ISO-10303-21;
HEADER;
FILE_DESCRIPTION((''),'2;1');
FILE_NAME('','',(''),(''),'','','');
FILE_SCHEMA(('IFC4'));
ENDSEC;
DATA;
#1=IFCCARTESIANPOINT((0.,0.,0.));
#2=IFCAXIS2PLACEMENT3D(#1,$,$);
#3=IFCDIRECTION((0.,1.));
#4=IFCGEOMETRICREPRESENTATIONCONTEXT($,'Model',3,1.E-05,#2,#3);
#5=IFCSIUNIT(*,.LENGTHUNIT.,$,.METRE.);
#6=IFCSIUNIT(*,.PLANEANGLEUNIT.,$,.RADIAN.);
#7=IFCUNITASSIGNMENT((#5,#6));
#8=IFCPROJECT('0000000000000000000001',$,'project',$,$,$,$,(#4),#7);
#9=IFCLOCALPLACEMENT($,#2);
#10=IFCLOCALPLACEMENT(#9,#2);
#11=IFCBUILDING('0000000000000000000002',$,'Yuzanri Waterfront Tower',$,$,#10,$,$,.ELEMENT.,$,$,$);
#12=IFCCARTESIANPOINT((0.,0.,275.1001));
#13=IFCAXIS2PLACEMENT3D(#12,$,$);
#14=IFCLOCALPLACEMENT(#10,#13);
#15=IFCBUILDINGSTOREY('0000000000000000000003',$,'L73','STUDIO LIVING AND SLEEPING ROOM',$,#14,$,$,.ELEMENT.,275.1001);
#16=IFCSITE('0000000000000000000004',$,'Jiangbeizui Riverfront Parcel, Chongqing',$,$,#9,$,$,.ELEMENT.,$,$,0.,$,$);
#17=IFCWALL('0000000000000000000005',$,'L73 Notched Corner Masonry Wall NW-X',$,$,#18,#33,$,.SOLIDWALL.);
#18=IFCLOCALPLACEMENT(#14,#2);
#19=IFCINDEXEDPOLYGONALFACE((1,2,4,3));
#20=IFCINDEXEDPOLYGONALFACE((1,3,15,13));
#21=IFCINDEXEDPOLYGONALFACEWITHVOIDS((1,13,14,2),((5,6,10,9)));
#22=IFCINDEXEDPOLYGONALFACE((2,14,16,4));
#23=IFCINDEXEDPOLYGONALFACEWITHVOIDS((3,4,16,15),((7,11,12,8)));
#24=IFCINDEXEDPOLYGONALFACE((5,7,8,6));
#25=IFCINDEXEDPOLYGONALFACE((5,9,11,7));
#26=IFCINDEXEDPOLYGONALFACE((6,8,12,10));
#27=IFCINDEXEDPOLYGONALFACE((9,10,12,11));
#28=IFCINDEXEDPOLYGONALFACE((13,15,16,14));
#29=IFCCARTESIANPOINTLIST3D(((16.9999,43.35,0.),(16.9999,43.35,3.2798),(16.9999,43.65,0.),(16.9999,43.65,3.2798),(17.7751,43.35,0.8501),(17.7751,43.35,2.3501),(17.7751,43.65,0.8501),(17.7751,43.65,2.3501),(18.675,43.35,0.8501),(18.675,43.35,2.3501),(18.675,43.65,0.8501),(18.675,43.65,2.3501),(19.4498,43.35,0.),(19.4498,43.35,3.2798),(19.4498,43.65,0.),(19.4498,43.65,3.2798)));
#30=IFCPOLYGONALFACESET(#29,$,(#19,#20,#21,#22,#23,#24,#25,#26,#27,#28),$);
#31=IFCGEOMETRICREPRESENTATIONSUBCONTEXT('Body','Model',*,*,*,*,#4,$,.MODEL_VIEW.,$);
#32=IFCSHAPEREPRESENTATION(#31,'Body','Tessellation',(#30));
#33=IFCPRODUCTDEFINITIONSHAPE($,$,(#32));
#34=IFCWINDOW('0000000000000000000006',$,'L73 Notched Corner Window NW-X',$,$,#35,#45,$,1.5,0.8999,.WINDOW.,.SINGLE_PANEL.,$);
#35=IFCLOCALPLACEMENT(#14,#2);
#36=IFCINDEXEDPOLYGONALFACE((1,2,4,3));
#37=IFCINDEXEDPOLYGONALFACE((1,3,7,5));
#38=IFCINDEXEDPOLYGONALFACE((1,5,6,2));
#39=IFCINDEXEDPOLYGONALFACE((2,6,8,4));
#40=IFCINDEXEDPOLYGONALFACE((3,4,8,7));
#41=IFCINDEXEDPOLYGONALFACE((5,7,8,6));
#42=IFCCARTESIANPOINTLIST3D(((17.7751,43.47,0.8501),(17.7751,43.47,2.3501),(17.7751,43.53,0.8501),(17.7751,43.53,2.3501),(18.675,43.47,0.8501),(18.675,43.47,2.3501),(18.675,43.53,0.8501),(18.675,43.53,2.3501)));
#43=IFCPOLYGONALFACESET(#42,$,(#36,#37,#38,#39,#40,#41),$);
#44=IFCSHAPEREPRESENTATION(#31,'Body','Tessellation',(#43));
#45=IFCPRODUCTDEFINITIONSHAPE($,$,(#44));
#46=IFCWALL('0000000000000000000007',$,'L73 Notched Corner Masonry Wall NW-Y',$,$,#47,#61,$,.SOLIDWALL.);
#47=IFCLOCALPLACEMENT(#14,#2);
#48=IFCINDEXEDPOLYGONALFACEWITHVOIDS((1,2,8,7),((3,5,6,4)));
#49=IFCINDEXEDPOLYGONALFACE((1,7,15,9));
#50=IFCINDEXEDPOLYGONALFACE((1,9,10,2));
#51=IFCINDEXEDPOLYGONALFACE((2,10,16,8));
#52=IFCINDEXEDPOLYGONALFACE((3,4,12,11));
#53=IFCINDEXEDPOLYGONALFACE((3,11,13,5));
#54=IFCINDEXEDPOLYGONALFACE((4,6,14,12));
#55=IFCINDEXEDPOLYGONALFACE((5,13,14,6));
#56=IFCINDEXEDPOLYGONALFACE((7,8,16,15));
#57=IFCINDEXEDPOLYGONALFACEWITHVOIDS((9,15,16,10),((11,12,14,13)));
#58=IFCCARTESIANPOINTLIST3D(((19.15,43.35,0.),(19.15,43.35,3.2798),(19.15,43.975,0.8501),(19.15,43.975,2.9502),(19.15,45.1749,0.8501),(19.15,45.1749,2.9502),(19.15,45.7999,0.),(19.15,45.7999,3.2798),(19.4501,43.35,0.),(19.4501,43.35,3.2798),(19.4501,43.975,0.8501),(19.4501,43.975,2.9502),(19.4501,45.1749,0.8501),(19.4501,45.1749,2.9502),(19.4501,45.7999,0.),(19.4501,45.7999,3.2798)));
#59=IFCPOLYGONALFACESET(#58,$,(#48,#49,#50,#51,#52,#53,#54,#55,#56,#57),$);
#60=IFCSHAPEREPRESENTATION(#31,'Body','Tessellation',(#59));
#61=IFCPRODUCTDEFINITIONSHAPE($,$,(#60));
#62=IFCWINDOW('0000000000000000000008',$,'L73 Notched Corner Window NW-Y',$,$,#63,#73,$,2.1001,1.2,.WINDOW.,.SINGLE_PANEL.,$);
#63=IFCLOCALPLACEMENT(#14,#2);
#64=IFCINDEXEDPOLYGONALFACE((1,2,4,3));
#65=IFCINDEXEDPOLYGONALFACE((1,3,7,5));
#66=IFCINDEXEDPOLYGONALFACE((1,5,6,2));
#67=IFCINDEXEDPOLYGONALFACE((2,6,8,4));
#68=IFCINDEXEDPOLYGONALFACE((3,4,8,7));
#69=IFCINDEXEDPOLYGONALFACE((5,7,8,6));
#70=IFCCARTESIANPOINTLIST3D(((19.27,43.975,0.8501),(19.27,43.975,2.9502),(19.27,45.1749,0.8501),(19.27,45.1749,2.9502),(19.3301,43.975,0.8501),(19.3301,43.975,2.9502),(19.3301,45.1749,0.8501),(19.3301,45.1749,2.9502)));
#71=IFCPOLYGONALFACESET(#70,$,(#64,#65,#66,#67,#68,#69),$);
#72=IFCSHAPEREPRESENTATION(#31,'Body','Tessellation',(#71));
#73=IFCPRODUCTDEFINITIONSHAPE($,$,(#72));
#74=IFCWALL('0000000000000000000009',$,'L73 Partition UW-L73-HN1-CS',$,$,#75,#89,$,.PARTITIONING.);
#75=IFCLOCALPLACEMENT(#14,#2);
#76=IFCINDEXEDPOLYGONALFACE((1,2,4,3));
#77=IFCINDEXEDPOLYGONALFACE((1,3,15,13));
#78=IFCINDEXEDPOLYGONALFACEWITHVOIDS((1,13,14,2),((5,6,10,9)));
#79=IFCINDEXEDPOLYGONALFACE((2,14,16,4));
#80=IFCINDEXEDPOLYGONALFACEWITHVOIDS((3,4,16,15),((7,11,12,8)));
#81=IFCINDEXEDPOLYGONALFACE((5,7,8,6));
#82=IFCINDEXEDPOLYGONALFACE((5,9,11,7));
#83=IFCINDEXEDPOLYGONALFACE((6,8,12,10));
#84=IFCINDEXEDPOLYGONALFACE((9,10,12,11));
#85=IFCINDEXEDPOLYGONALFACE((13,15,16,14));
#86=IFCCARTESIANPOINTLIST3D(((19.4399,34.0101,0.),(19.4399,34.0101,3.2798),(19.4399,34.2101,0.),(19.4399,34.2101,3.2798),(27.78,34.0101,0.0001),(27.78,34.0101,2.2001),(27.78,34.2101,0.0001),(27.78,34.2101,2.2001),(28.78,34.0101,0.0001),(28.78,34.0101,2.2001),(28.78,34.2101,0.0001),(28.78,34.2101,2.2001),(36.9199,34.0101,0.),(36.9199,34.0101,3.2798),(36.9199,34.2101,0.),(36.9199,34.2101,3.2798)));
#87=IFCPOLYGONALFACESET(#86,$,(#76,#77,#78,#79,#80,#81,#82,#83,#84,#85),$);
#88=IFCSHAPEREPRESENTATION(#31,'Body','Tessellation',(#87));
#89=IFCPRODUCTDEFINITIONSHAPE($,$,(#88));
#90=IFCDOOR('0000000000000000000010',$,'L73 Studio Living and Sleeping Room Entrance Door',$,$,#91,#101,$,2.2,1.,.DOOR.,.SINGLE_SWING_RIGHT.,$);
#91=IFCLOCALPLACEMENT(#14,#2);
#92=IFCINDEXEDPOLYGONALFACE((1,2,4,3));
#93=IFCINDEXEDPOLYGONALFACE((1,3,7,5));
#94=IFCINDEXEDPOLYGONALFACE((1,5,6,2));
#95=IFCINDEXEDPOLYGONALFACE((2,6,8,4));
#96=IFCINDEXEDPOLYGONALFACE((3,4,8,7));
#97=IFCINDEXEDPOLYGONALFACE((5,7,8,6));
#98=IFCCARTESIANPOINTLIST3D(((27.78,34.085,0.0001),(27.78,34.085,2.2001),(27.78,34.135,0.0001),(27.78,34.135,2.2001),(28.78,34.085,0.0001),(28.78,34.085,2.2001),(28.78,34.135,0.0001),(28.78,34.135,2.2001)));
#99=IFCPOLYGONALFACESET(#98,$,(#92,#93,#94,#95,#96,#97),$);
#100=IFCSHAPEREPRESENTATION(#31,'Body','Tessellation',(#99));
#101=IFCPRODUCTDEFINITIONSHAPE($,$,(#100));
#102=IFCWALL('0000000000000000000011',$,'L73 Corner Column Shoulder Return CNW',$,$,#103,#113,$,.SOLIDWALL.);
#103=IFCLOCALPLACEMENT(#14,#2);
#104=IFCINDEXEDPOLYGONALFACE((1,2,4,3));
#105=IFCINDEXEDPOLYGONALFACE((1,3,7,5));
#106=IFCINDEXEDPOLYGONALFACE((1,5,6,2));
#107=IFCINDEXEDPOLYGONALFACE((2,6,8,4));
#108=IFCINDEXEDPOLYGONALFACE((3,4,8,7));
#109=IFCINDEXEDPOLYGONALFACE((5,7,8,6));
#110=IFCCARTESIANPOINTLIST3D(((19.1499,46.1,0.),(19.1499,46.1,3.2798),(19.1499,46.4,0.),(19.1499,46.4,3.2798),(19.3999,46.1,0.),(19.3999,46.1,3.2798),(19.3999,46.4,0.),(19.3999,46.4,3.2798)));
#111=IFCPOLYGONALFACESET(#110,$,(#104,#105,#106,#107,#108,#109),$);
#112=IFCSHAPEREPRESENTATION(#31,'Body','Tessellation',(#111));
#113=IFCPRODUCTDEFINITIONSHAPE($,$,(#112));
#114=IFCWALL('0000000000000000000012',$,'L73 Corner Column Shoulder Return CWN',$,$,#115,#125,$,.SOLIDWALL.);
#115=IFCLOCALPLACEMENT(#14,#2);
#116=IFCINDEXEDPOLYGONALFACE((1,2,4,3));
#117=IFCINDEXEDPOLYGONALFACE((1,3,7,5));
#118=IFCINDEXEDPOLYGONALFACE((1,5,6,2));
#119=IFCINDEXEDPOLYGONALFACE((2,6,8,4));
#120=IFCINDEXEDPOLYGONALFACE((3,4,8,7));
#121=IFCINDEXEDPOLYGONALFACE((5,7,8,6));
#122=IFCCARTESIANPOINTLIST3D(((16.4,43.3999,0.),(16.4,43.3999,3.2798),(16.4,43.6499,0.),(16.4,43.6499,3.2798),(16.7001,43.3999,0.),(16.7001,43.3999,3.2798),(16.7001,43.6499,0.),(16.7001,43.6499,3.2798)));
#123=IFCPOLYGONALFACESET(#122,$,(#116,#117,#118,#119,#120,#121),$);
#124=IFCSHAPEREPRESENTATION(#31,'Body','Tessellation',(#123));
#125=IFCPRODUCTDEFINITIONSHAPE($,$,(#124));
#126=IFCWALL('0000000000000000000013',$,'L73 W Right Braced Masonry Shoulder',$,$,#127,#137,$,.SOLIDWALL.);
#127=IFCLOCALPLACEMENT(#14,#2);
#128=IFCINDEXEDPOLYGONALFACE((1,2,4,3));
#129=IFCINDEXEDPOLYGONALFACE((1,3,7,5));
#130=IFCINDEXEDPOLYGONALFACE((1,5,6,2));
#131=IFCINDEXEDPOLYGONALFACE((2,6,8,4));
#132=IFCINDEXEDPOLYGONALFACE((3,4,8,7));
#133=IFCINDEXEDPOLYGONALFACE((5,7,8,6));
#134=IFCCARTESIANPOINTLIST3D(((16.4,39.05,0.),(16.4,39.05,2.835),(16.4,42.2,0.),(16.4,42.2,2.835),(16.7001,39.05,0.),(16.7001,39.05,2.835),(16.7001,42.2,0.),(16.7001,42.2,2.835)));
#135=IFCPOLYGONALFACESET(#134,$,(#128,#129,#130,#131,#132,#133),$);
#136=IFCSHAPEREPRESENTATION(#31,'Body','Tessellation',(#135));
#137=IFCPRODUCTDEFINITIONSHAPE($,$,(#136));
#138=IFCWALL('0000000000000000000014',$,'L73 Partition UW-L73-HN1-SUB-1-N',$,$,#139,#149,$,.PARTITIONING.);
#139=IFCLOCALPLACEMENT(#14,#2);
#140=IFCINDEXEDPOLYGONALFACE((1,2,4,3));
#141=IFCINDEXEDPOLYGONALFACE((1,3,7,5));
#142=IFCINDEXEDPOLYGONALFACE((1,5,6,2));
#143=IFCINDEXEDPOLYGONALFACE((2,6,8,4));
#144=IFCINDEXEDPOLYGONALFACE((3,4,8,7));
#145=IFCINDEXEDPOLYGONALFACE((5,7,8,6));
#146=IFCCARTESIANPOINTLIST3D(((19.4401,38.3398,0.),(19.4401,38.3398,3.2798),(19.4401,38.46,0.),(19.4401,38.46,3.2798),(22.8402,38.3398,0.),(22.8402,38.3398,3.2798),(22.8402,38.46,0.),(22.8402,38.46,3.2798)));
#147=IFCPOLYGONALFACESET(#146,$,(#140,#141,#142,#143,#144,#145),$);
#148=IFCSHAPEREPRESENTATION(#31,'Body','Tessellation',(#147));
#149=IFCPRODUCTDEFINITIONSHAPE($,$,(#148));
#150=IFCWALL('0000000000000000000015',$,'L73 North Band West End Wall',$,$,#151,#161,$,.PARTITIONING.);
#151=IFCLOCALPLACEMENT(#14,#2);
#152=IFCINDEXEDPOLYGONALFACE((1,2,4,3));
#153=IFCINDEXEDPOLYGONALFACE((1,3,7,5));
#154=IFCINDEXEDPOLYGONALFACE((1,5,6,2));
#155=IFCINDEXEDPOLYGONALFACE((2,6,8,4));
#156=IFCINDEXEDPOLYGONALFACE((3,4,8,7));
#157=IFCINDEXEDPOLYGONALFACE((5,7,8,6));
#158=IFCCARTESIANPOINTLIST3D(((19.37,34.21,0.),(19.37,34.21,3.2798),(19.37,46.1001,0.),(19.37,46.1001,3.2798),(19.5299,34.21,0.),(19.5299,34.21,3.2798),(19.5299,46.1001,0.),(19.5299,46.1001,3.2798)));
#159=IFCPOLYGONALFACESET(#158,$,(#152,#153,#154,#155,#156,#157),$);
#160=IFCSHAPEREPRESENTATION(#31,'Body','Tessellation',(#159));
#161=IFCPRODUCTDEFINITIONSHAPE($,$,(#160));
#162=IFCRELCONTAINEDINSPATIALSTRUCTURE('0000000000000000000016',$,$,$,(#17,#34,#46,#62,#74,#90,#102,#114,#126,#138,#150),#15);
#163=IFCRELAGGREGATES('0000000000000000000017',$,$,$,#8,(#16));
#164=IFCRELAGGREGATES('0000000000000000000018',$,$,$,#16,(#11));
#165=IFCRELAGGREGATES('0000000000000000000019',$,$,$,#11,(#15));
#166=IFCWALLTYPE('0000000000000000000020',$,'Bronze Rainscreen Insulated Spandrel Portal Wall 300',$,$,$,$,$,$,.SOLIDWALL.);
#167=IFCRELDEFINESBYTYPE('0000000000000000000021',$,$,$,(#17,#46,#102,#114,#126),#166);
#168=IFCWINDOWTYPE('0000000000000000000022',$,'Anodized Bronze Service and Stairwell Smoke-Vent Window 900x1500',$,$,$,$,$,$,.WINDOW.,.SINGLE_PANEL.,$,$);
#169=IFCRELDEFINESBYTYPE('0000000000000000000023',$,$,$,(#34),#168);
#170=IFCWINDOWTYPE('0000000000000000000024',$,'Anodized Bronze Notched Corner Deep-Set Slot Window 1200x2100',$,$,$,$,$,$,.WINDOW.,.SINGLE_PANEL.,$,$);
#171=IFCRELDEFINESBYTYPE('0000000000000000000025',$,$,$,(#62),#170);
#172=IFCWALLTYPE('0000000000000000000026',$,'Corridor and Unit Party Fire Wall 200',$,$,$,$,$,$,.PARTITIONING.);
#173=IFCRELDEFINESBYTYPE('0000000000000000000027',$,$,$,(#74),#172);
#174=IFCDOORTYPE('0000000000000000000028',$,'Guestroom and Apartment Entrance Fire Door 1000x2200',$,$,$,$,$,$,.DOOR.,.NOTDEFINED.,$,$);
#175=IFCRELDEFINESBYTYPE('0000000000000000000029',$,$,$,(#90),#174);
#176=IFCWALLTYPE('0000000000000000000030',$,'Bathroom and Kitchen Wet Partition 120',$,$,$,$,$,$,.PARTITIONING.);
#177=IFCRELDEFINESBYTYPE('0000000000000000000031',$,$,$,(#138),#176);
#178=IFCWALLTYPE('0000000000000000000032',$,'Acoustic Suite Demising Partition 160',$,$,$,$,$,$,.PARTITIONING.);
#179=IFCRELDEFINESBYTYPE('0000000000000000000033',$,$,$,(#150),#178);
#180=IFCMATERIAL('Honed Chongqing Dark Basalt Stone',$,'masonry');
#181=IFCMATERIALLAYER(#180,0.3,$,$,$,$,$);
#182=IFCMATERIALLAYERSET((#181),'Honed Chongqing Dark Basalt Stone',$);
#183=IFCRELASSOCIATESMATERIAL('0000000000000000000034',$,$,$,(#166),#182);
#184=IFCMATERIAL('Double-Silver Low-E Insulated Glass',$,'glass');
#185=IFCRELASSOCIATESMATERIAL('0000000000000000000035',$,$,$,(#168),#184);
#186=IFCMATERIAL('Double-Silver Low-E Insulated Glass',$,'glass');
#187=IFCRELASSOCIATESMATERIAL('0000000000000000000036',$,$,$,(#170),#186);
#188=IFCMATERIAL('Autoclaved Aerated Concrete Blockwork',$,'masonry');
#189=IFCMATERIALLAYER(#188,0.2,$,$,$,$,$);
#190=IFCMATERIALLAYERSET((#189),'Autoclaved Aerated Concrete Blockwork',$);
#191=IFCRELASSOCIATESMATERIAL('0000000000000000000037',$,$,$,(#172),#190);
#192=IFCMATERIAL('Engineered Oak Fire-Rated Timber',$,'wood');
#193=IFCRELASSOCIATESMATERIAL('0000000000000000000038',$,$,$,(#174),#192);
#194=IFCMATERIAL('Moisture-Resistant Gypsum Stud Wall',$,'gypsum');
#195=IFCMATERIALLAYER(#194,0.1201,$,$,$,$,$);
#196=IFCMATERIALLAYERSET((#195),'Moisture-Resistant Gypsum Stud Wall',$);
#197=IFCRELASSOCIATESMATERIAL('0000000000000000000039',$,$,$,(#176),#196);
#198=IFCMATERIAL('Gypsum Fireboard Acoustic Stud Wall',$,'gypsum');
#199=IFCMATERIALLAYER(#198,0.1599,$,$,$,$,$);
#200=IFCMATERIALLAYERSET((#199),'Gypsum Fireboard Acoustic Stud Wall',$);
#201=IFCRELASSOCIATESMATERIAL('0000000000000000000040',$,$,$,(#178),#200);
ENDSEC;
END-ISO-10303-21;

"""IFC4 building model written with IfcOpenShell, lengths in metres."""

from ifc_helpers import new_model, si_unit, direction, frame, frame_2d, origin, place, context, subcontext, project, spatial, rectangle, extrude, source, transform, mapped, material, layer, layer_set, type_object, element, fill, save


model = new_model("IFC4")

# Units and contexts
model_context = context("Model", 3, precision=1e-05, world=origin(), true_north=direction((0.0, 1.0)))
body_context = subcontext(model_context, "Body", "Model", "MODEL_VIEW")
ifc_project = project(units=[si_unit("LENGTHUNIT", "METRE"), si_unit("PLANEANGLEUNIT", "RADIAN")], contexts=[model_context])

# Site, building, storey
site_placement = place(None, origin())
site = spatial("IfcSite", under=ifc_project, at=site_placement, Name="Jiangbeizui Riverfront Parcel, Chongqing", CompositionType="ELEMENT", RefElevation=0.0)
building_placement = place(site_placement, origin())
building = spatial("IfcBuilding", under=site, at=building_placement, Name="Yuzanri Waterfront Tower", CompositionType="ELEMENT")
storey_placement = place(building_placement, frame((0.0, 0.0, 275.1001)))
storey = spatial("IfcBuildingStorey", under=building, at=storey_placement, Name="L73", Description="STUDIO LIVING AND SLEEPING ROOM", CompositionType="ELEMENT", Elevation=275.1001)

# Walls, openings, windows
ifc_material_1 = material(Name="Honed Chongqing Dark Basalt Stone", Category="masonry")
ifc_layer_1 = layer(ifc_material_1, 0.3)
ifc_layer_set_1 = layer_set([ifc_layer_1], Name="Honed Chongqing Dark Basalt Stone")
wall_type_1 = type_object("IfcWallType", Name="Bronze Rainscreen Insulated Spandrel Portal Wall 300", PredefinedType="SOLIDWALL", material=ifc_layer_set_1)
wall_1_placement = place(storey_placement, frame((19.45, 43.5, 0.0), z_axis=(0.0, 0.0, 1.0), x_axis=(-1.0, 0.0, 0.0)))
wall_1 = element("IfcWall", 1, at=wall_1_placement, inside=storey, type_object=wall_type_1, Name="L73 Notched Corner Masonry Wall NW-X", PredefinedType="SOLIDWALL", context=body_context, shape_type="SweptSolid", body=[
    extrude(rectangle(XDim=2.45, YDim=0.3, at=frame_2d((1.2251, 0.0))), origin(), (0.0, 0.0, 1.0), 3.2798),
])
opening_1_placement = place(wall_1_placement, frame((0.7749, 0.0, 0.8501)))
opening_1 = element("IfcOpeningElement", 2, at=opening_1_placement, cuts=wall_1, PredefinedType="OPENING", context=body_context, shape_type="SweptSolid", body=[
    extrude(rectangle(XDim=0.8999, YDim=1.5, at=frame_2d((0.45, 0.75))), frame((0.0, 0.165, 0.0), z_axis=(0.0, -1.0, 0.0), x_axis=(1.0, 0.0, 0.0)), (0.0, 0.0, 1.0), 0.3298),
])
ifc_material_2 = material(Name="Double-Silver Low-E Insulated Glass", Category="glass")
window_type_1 = type_object("IfcWindowType", Name="Anodized Bronze Service and Stairwell Smoke-Vent Window 900x1500", PartitioningType="SINGLE_PANEL", PredefinedType="WINDOW", material=ifc_material_2)
shared_shape_1 = source(origin(), body_context, "Body", "SweptSolid", [
    extrude(rectangle(XDim=0.8999, YDim=1.5, at=frame_2d((0.45, 0.75))), frame((0.0, 0.03, 0.0), z_axis=(0.0, -1.0, 0.0), x_axis=(1.0, 0.0, 0.0)), (0.0, 0.0, 1.0), 0.0601),
])
window_1_placement = place(opening_1_placement, origin())
window_1 = element("IfcWindow", 3, at=window_1_placement, inside=storey, type_object=window_type_1, Name="L73 Notched Corner Window NW-X", OverallHeight=1.5, OverallWidth=0.8999, PartitioningType="SINGLE_PANEL", PredefinedType="WINDOW", context=body_context, shape_type="MappedRepresentation", body=[
    mapped(shared_shape_1, transform((0.0, 0.0, 0.0), scale=1.0)),
])
fill(opening_1, window_1)
wall_2_placement = place(storey_placement, frame((19.3, 45.8, 0.0), z_axis=(0.0, 0.0, 1.0), x_axis=(0.0, -1.0, 0.0)))
wall_2 = element("IfcWall", 4, at=wall_2_placement, inside=storey, type_object=wall_type_1, Name="L73 Notched Corner Masonry Wall NW-Y", PredefinedType="SOLIDWALL", context=body_context, shape_type="SweptSolid", body=[
    extrude(rectangle(XDim=2.45, YDim=0.3, at=frame_2d((1.2251, 0.0))), origin(), (0.0, 0.0, 1.0), 3.2798),
])
opening_2_placement = place(wall_2_placement, frame((0.625, 0.0, 0.8501)))
opening_2 = element("IfcOpeningElement", 5, at=opening_2_placement, cuts=wall_2, PredefinedType="OPENING", context=body_context, shape_type="SweptSolid", body=[
    extrude(rectangle(XDim=1.2, YDim=2.1001, at=frame_2d((0.6001, 1.05))), frame((0.0, 0.165, 0.0), z_axis=(0.0, -1.0, 0.0), x_axis=(1.0, 0.0, 0.0)), (0.0, 0.0, 1.0), 0.3298),
])
ifc_material_3 = material(Name="Double-Silver Low-E Insulated Glass", Category="glass")
window_type_2 = type_object("IfcWindowType", Name="Anodized Bronze Notched Corner Deep-Set Slot Window 1200x2100", PartitioningType="SINGLE_PANEL", PredefinedType="WINDOW", material=ifc_material_3)
shared_shape_2 = source(origin(), body_context, "Body", "SweptSolid", [
    extrude(rectangle(XDim=1.2, YDim=2.1001, at=frame_2d((0.6001, 1.05))), frame((0.0, 0.03, 0.0), z_axis=(0.0, -1.0, 0.0), x_axis=(1.0, 0.0, 0.0)), (0.0, 0.0, 1.0), 0.0601),
])
window_2_placement = place(opening_2_placement, origin())
window_2 = element("IfcWindow", 6, at=window_2_placement, inside=storey, type_object=window_type_2, Name="L73 Notched Corner Window NW-Y", OverallHeight=2.1001, OverallWidth=1.2, PartitioningType="SINGLE_PANEL", PredefinedType="WINDOW", context=body_context, shape_type="MappedRepresentation", body=[
    mapped(shared_shape_2, transform((0.0, 0.0, 0.0), scale=1.0)),
])
fill(opening_2, window_2)

# Wall, opening, door
ifc_material_4 = material(Name="Autoclaved Aerated Concrete Blockwork", Category="masonry")
ifc_layer_2 = layer(ifc_material_4, 0.2)
ifc_layer_set_2 = layer_set([ifc_layer_2], Name="Autoclaved Aerated Concrete Blockwork")
wall_type_2 = type_object("IfcWallType", Name="Corridor and Unit Party Fire Wall 200", PredefinedType="PARTITIONING", material=ifc_layer_set_2)
wall_3_placement = place(storey_placement, frame((19.4399, 34.1101, 0.0), z_axis=(0.0, 0.0, 1.0), x_axis=(1.0, 0.0, 0.0)))
wall_3 = element("IfcWall", 7, at=wall_3_placement, inside=storey, type_object=wall_type_2, Name="L73 Partition UW-L73-HN1-CS", PredefinedType="PARTITIONING", context=body_context, shape_type="SweptSolid", body=[
    extrude(rectangle(XDim=17.48, YDim=0.2, at=frame_2d((8.74, 0.0))), origin(), (0.0, 0.0, 1.0), 3.2798),
])
opening_3_placement = place(wall_3_placement, frame((8.3401, 0.0, 0.0)))
opening_3 = element("IfcOpeningElement", 8, at=opening_3_placement, cuts=wall_3, PredefinedType="OPENING", context=body_context, shape_type="SweptSolid", body=[
    extrude(rectangle(XDim=1.0, YDim=2.2, at=frame_2d((0.5, 1.1001))), frame((0.0, 0.1147, 0.0), z_axis=(0.0, -1.0, 0.0), x_axis=(1.0, 0.0, 0.0)), (0.0, 0.0, 1.0), 0.2297),
])
ifc_material_5 = material(Name="Engineered Oak Fire-Rated Timber", Category="wood")
door_type = type_object("IfcDoorType", Name="Guestroom and Apartment Entrance Fire Door 1000x2200", OperationType="NOTDEFINED", PredefinedType="DOOR", material=ifc_material_5)
shared_shape_3 = source(origin(), body_context, "Body", "SweptSolid", [
    extrude(rectangle(XDim=1.0, YDim=2.2, at=frame_2d((0.5, 1.1001))), frame((0.0, 0.0249, 0.0), z_axis=(0.0, -1.0, 0.0), x_axis=(1.0, 0.0, 0.0)), (0.0, 0.0, 1.0), 0.05),
])
door_placement = place(opening_3_placement, origin())
door = element("IfcDoor", 9, at=door_placement, inside=storey, type_object=door_type, Name="L73 Studio Living and Sleeping Room Entrance Door", OperationType="SINGLE_SWING_RIGHT", OverallHeight=2.2, OverallWidth=1.0, PredefinedType="DOOR", context=body_context, shape_type="MappedRepresentation", body=[
    mapped(shared_shape_3, transform((0.0, 0.0, 0.0), scale=1.0)),
])
fill(opening_3, door)

# Walls
shared_shape_4 = source(origin(), body_context, "Body", "SweptSolid", [
    extrude(rectangle(XDim=0.25, YDim=0.3, at=frame_2d((0.125, 0.0))), origin(), (0.0, 0.0, 1.0), 3.2798),
])
for number, where, z_axis, x_axis, name in (
    (10, (19.1499, 46.25, 0.0), (0.0, 0.0, 1.0), (1.0, 0.0, 0.0), "L73 Corner Column Shoulder Return CNW"),
    (11, (16.55, 43.3999, 0.0), (0.0, 0.0, 1.0), (0.0, 1.0, 0.0), "L73 Corner Column Shoulder Return CWN"),
):
    element("IfcWall", number, at=place(storey_placement, frame(where, z_axis=z_axis, x_axis=x_axis)), inside=storey, type_object=wall_type_1, Name=name, PredefinedType="SOLIDWALL", context=body_context, shape_type="MappedRepresentation", body=[
        mapped(shared_shape_4, transform((0.0, 0.0, 0.0), scale=1.0)),
    ])
shared_shape_5 = source(origin(), body_context, "Body", "SweptSolid", [
    extrude(rectangle(XDim=3.1499, YDim=0.3, at=frame_2d((1.575, 0.0))), origin(), (0.0, 0.0, 1.0), 2.835),
])
wall_4_placement = place(storey_placement, frame((16.55, 39.05, 0.0), z_axis=(0.0, 0.0, 1.0), x_axis=(0.0, 1.0, 0.0)))
element("IfcWall", 12, at=wall_4_placement, inside=storey, type_object=wall_type_1, Name="L73 W Right Braced Masonry Shoulder", PredefinedType="SOLIDWALL", context=body_context, shape_type="MappedRepresentation", body=[
    mapped(shared_shape_5, transform((0.0, 0.0, 0.0), scale=1.0)),
])
ifc_material_6 = material(Name="Moisture-Resistant Gypsum Stud Wall", Category="gypsum")
ifc_layer_3 = layer(ifc_material_6, 0.1201)
ifc_layer_set_3 = layer_set([ifc_layer_3], Name="Moisture-Resistant Gypsum Stud Wall")
wall_type_3 = type_object("IfcWallType", Name="Bathroom and Kitchen Wet Partition 120", PredefinedType="PARTITIONING", material=ifc_layer_set_3)
shared_shape_6 = source(origin(), body_context, "Body", "SweptSolid", [
    extrude(rectangle(XDim=3.4001, YDim=0.1201, at=frame_2d((1.7002, 0.0))), origin(), (0.0, 0.0, 1.0), 3.2798),
])
wall_5_placement = place(storey_placement, frame((19.4399, 38.3999, 0.0), z_axis=(0.0, 0.0, 1.0), x_axis=(1.0, 0.0, 0.0)))
element("IfcWall", 13, at=wall_5_placement, inside=storey, type_object=wall_type_3, Name="L73 Partition UW-L73-HN1-SUB-1-N", PredefinedType="PARTITIONING", context=body_context, shape_type="MappedRepresentation", body=[
    mapped(shared_shape_6, transform((0.0, 0.0, 0.0), scale=1.0)),
])
ifc_material_7 = material(Name="Gypsum Fireboard Acoustic Stud Wall", Category="gypsum")
ifc_layer_4 = layer(ifc_material_7, 0.1599)
ifc_layer_set_4 = layer_set([ifc_layer_4], Name="Gypsum Fireboard Acoustic Stud Wall")
wall_type_4 = type_object("IfcWallType", Name="Acoustic Suite Demising Partition 160", PredefinedType="PARTITIONING", material=ifc_layer_set_4)
shared_shape_7 = source(origin(), body_context, "Body", "SweptSolid", [
    extrude(rectangle(XDim=11.8901, YDim=0.1599, at=frame_2d((5.9451, 0.0))), origin(), (0.0, 0.0, 1.0), 3.2798),
])
wall_6_placement = place(storey_placement, frame((19.45, 34.21, 0.0), z_axis=(0.0, 0.0, 1.0), x_axis=(0.0, 1.0, 0.0)))
element("IfcWall", 14, at=wall_6_placement, inside=storey, type_object=wall_type_4, Name="L73 North Band West End Wall", PredefinedType="PARTITIONING", context=body_context, shape_type="MappedRepresentation", body=[
    mapped(shared_shape_7, transform((0.0, 0.0, 0.0), scale=1.0)),
])

save(model, "model.ifc")
